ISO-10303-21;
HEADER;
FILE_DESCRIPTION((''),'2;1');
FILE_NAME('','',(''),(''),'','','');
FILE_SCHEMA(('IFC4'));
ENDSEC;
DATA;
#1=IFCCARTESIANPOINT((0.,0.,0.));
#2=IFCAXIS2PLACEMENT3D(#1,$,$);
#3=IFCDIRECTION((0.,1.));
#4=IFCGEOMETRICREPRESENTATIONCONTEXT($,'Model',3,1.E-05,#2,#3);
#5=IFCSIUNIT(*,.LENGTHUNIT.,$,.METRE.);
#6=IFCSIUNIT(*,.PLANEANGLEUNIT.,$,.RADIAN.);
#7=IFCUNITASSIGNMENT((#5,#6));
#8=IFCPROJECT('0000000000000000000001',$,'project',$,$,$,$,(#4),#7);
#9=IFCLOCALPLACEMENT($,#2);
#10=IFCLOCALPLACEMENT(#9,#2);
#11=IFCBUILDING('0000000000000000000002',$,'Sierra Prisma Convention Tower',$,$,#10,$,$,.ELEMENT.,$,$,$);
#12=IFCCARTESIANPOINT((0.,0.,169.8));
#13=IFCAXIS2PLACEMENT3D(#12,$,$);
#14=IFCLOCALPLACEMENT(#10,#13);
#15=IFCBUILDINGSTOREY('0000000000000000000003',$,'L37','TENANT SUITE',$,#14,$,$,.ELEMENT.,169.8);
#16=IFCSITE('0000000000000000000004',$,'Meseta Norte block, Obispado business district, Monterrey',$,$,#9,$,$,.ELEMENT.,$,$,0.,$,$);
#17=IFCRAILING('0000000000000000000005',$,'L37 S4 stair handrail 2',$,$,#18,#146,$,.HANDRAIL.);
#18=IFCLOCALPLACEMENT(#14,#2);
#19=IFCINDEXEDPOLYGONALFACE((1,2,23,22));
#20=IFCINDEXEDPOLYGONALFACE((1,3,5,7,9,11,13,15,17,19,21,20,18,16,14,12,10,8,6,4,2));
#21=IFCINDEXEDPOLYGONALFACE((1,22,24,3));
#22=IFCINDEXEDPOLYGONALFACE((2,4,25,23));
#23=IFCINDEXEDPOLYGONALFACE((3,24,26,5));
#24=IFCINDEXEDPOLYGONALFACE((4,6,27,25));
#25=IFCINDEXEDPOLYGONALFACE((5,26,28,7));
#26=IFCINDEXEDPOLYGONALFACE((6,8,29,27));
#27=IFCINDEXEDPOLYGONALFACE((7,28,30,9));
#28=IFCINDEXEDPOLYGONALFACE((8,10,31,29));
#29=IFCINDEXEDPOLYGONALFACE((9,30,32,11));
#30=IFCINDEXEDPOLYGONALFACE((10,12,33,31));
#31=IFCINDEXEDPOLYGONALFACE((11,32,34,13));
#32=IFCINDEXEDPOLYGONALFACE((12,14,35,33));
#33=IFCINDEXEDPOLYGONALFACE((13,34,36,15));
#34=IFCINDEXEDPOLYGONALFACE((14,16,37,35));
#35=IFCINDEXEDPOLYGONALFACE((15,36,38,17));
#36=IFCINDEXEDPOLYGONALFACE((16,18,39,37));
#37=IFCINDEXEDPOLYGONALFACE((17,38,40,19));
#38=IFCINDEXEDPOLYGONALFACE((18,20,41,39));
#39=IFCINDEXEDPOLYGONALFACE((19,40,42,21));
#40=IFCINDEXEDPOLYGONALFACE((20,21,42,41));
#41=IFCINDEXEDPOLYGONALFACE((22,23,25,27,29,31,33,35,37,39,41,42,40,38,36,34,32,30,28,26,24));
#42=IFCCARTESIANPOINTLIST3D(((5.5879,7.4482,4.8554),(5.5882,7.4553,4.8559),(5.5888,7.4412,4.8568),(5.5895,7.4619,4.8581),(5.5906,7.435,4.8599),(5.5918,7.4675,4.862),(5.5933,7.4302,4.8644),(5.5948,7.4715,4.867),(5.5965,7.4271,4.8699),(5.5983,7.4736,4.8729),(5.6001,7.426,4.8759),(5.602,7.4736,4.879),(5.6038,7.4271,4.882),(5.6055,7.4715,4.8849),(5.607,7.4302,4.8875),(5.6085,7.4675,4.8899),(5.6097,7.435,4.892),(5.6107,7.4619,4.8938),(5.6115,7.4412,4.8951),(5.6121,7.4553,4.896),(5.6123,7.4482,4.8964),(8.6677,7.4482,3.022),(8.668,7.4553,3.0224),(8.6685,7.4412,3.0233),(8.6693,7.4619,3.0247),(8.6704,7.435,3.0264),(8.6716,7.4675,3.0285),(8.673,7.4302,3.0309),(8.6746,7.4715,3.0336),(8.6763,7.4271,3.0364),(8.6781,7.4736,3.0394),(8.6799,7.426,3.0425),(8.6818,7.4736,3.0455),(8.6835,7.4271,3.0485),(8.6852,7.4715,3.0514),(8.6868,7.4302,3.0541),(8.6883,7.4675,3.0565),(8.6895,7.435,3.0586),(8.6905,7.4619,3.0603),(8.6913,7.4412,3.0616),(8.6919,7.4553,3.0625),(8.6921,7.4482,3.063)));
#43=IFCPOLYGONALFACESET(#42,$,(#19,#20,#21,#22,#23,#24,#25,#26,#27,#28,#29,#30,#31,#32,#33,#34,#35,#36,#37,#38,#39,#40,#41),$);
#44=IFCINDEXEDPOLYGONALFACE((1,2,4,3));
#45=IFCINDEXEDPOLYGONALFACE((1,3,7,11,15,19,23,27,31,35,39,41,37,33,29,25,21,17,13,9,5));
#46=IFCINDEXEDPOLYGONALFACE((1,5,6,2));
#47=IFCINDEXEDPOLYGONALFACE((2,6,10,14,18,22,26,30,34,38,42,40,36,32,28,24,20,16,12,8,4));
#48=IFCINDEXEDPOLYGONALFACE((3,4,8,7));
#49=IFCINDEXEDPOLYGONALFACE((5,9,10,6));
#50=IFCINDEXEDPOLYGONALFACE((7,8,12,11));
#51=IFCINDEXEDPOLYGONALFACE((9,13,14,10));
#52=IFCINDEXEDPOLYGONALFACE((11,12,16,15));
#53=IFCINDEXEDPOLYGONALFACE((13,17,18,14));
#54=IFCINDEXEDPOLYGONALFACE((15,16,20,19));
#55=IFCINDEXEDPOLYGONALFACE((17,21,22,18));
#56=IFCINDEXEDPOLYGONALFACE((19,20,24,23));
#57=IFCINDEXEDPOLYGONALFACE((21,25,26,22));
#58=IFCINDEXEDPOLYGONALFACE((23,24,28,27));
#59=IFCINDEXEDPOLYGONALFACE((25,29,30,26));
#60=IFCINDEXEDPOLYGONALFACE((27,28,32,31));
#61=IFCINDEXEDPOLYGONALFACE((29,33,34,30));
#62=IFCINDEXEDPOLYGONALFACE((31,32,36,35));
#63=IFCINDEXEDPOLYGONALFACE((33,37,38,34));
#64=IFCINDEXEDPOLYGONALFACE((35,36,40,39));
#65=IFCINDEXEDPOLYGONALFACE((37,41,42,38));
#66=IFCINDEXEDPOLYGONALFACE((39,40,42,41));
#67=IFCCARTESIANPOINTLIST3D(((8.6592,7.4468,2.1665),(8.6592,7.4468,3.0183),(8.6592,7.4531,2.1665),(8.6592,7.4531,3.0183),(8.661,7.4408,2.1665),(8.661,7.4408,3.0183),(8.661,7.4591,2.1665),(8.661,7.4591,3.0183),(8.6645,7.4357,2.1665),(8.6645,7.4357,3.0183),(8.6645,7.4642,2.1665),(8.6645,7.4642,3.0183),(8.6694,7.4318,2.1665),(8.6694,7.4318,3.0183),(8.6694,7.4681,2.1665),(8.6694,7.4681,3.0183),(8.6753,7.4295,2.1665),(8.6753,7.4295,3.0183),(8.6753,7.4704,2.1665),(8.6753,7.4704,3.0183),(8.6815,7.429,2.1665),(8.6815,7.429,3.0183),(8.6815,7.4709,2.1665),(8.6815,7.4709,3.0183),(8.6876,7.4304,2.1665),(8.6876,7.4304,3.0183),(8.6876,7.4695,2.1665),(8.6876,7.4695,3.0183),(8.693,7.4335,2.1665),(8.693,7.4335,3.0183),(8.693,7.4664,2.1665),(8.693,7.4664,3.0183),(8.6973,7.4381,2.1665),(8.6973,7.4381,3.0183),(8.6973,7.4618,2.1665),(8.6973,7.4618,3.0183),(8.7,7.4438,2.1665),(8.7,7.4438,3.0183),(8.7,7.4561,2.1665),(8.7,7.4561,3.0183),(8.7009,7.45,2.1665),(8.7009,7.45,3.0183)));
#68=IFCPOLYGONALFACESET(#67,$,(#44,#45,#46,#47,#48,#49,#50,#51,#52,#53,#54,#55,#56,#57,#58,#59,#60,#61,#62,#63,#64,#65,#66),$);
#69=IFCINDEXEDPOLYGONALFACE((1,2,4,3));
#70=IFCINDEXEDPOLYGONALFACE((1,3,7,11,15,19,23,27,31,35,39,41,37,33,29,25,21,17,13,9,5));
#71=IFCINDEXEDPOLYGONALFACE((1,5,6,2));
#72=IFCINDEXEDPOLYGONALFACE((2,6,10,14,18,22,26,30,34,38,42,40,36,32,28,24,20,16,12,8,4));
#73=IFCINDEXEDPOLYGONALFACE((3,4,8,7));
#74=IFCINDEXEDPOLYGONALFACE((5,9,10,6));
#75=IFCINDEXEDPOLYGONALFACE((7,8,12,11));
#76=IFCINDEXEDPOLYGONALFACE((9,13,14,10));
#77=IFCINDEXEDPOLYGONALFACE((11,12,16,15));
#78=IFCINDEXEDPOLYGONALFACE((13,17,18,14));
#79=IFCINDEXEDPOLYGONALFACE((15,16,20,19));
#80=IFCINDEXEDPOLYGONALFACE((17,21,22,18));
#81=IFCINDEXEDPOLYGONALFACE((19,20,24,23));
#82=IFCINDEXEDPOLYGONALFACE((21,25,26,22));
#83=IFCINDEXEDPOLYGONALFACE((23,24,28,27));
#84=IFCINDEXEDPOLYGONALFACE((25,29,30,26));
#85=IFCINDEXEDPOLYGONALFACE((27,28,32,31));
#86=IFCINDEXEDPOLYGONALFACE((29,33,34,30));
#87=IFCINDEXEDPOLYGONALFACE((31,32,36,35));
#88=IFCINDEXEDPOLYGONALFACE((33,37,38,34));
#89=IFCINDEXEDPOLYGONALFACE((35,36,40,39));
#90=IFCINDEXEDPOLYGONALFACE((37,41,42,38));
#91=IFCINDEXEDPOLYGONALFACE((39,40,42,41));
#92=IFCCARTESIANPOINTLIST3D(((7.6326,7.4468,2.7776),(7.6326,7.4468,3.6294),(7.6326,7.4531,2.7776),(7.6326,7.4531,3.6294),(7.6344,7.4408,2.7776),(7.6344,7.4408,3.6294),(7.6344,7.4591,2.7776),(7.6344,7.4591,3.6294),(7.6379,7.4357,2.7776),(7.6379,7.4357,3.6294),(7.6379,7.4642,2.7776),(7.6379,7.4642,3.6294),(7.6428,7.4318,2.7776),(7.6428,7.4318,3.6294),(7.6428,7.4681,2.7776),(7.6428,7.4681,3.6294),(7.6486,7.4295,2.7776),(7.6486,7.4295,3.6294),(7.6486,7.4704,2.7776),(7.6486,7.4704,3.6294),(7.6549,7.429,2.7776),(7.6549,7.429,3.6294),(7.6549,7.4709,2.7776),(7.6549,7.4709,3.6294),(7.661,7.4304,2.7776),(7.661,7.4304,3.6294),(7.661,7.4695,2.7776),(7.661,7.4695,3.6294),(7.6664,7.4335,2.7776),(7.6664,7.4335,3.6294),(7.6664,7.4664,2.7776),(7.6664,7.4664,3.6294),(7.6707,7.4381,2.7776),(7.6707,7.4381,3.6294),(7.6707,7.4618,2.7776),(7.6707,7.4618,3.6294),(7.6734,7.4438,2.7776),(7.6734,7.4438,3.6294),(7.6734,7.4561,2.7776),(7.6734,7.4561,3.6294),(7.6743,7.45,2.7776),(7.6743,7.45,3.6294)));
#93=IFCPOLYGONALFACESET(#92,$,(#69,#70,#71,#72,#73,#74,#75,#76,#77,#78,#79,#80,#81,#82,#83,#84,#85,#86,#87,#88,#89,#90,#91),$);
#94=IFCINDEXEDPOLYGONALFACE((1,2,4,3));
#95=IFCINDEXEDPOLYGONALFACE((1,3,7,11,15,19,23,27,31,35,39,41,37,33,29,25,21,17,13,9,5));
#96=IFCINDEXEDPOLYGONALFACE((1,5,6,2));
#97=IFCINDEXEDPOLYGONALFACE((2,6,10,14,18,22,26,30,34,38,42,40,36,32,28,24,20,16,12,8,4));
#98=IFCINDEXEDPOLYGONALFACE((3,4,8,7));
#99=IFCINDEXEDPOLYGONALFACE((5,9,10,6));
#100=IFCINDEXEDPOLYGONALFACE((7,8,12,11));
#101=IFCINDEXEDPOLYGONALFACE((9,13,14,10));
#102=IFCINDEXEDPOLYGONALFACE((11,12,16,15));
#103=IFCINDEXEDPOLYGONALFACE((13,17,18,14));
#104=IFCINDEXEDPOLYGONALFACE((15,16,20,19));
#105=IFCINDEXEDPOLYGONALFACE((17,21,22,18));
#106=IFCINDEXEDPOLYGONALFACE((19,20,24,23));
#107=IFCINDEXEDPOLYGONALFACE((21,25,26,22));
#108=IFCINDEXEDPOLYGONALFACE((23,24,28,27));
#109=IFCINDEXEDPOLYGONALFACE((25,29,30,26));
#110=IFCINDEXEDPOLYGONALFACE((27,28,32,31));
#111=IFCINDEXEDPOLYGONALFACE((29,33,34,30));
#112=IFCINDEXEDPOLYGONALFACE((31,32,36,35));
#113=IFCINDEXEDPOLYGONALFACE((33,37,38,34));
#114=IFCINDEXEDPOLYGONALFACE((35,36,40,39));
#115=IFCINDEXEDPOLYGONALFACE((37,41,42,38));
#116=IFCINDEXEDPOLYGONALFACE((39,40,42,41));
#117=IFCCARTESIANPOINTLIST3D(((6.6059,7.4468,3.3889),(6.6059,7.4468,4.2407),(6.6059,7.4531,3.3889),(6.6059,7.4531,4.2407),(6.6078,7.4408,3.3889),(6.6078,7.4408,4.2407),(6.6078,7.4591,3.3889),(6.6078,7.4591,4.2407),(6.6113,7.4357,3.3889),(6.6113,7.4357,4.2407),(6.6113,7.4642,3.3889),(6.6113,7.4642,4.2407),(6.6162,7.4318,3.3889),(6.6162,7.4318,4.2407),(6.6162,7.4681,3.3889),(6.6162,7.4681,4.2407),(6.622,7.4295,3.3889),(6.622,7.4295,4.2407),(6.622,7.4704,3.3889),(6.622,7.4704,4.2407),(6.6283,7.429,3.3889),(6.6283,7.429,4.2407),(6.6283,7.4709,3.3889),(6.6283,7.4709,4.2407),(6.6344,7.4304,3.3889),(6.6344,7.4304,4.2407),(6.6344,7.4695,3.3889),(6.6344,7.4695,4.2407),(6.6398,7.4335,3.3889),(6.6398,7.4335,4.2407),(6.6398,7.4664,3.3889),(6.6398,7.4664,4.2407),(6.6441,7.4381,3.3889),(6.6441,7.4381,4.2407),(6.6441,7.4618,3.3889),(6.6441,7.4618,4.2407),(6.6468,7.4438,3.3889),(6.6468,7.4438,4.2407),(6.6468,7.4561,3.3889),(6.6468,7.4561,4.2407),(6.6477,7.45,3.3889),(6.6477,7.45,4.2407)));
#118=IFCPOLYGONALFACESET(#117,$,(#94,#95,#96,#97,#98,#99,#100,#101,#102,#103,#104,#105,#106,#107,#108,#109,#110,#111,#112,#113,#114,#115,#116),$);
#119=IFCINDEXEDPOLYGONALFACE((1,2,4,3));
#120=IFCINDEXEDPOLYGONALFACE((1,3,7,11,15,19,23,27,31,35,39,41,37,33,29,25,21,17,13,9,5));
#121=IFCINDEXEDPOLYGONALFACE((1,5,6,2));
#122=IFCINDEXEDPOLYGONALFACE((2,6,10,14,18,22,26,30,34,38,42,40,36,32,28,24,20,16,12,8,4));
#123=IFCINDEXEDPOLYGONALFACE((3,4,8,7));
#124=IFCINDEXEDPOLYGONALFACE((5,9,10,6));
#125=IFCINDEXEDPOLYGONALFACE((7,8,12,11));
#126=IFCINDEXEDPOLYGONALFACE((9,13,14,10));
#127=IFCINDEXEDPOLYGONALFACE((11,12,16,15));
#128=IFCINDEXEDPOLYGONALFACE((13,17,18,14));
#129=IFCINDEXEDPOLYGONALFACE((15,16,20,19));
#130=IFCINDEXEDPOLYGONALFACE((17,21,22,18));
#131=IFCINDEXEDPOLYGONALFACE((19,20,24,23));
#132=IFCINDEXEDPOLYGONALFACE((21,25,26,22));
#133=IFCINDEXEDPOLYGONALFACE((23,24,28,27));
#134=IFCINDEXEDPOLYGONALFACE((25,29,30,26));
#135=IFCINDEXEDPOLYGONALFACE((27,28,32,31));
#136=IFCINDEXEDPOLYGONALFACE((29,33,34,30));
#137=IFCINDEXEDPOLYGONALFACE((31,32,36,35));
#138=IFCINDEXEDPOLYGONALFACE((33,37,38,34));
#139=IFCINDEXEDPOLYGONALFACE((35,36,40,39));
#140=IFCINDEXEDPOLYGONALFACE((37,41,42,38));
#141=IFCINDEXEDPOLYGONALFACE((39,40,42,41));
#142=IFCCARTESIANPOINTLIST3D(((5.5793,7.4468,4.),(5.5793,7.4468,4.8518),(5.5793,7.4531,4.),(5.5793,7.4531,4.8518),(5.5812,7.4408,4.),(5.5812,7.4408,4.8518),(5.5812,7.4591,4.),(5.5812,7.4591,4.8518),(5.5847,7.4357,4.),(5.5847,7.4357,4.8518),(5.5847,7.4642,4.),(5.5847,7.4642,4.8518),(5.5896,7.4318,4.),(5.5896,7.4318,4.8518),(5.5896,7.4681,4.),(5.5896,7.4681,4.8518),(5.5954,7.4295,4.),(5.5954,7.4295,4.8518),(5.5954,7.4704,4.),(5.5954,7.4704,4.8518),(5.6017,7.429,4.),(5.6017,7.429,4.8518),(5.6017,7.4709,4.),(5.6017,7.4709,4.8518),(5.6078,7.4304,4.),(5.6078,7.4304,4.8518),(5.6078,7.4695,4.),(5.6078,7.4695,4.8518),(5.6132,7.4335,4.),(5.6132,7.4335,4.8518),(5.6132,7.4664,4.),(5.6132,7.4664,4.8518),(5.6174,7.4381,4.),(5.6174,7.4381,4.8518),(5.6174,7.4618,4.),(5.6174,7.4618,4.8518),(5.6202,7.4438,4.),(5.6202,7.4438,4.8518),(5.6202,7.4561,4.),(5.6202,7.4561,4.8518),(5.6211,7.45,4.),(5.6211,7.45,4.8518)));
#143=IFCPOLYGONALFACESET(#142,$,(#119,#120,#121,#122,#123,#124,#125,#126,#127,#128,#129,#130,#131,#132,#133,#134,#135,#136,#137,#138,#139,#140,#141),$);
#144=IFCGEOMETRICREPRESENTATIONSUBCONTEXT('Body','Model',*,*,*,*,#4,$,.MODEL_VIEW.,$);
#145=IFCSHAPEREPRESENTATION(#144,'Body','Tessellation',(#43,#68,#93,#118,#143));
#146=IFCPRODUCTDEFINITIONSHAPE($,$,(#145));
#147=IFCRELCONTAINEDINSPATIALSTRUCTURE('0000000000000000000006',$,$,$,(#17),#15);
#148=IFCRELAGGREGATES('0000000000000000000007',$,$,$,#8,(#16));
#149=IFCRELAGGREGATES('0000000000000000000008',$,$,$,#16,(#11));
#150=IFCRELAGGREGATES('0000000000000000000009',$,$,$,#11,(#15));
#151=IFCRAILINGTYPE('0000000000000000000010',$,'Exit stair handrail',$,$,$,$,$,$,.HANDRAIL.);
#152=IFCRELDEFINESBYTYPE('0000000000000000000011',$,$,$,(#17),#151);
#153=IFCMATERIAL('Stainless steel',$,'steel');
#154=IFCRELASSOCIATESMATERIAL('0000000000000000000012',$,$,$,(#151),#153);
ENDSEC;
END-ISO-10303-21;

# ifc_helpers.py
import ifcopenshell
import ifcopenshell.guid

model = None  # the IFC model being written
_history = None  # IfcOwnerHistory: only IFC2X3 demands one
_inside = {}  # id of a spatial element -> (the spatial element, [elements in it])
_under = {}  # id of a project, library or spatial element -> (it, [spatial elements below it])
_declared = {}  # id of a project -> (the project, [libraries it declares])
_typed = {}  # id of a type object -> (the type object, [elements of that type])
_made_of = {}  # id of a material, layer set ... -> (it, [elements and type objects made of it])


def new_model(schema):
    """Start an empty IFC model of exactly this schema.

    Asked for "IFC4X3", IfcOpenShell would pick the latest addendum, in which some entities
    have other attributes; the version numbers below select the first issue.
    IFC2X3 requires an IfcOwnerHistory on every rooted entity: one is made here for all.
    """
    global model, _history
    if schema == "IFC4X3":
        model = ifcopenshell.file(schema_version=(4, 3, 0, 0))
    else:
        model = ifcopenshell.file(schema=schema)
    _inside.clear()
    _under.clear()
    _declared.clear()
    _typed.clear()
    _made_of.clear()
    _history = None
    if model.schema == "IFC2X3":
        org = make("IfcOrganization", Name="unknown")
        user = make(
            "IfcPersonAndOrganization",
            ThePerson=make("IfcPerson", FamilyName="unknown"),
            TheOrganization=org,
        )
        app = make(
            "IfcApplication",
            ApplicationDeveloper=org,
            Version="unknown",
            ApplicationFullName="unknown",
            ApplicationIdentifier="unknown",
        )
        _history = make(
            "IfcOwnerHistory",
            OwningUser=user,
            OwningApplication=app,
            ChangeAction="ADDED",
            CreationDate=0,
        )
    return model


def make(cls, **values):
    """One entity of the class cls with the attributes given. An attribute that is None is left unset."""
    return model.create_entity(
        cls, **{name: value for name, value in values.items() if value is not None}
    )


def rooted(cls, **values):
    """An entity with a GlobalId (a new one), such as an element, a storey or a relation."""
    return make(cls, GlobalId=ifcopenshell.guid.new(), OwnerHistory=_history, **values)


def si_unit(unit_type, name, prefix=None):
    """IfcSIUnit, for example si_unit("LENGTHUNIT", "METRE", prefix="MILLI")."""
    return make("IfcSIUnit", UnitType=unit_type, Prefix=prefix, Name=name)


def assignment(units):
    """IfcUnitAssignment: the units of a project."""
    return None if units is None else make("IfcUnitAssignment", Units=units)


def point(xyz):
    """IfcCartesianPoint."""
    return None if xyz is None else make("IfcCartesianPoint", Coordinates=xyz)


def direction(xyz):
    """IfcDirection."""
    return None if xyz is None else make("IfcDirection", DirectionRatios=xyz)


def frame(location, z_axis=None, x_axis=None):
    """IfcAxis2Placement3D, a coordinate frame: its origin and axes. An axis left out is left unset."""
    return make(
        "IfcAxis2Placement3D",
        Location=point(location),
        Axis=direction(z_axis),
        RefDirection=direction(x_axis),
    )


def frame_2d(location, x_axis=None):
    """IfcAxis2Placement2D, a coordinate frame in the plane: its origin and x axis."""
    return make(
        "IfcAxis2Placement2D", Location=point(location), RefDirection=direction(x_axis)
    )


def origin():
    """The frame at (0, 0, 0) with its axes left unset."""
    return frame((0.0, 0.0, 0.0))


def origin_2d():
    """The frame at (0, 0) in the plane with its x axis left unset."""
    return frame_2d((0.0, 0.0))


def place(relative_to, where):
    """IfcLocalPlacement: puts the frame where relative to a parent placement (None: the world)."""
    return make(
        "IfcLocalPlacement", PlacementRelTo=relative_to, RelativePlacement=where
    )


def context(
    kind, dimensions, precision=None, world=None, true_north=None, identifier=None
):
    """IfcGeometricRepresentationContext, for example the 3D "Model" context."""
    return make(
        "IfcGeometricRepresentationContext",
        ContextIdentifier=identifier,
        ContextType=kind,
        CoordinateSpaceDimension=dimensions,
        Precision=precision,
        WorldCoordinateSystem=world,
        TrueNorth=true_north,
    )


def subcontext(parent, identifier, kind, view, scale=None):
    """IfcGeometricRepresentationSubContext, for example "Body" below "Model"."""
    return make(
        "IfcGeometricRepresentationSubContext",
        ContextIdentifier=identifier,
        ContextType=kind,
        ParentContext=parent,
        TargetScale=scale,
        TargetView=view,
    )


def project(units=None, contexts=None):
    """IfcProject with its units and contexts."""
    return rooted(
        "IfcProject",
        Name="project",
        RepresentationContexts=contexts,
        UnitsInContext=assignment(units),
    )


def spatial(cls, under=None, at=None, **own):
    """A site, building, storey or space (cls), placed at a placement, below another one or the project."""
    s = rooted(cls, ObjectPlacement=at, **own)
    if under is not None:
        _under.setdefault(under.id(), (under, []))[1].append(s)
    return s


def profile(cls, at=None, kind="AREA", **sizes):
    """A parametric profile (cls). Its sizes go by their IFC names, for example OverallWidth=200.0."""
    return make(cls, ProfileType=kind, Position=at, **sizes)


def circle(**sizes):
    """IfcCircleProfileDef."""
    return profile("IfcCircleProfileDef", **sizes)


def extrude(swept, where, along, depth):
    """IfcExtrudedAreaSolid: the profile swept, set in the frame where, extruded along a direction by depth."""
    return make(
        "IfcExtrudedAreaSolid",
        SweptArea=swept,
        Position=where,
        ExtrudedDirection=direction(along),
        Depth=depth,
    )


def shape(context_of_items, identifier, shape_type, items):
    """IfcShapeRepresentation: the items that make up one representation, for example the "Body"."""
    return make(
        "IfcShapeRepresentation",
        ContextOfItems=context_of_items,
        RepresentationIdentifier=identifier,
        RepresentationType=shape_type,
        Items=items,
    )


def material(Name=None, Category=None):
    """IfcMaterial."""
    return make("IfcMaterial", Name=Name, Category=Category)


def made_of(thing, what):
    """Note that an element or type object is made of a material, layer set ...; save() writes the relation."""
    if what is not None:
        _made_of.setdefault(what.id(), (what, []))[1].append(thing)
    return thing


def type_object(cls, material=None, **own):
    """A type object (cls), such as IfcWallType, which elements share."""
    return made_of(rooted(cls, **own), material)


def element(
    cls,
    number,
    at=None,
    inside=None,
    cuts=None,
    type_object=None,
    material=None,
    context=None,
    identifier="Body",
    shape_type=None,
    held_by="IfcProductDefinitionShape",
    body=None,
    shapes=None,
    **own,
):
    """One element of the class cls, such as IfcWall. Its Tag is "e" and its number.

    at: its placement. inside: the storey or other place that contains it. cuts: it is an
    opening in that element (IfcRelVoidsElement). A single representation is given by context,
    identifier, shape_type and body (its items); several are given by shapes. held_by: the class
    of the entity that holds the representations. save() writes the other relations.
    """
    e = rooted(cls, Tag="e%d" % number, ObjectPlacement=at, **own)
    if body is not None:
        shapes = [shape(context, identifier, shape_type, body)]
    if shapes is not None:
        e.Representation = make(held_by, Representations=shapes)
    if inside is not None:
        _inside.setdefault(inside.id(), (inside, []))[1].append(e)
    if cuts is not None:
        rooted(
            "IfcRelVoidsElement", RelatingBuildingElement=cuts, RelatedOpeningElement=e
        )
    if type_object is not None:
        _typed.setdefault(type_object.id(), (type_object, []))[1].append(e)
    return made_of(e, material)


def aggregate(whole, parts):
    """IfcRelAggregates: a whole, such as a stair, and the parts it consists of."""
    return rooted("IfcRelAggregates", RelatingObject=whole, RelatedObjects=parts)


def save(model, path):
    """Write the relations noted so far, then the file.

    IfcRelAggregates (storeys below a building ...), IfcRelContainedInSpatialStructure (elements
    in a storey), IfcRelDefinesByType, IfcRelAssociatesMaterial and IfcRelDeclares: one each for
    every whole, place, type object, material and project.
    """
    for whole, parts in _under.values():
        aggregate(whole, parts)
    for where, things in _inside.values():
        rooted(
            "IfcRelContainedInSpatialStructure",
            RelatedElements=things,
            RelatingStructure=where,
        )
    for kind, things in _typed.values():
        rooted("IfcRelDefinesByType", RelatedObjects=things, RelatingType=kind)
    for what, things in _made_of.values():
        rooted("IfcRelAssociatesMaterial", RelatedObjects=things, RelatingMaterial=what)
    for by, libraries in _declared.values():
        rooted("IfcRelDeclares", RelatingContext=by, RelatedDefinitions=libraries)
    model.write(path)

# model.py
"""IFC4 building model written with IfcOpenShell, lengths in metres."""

from ifc_helpers import new_model, si_unit, direction, frame, origin, origin_2d, place, context, subcontext, project, spatial, circle, extrude, material, type_object, element, save


model = new_model("IFC4")

# Units and contexts
model_context = context("Model", 3, precision=1e-05, world=origin(), true_north=direction((0.0, 1.0)))
body_context = subcontext(model_context, "Body", "Model", "MODEL_VIEW")
ifc_project = project(units=[si_unit("LENGTHUNIT", "METRE"), si_unit("PLANEANGLEUNIT", "RADIAN")], contexts=[model_context])

# Site, building, storey
site_placement = place(None, origin())
site = spatial("IfcSite", under=ifc_project, at=site_placement, Name="Meseta Norte block, Obispado business district, Monterrey", CompositionType="ELEMENT", RefElevation=0.0)
building_placement = place(site_placement, origin())
building = spatial("IfcBuilding", under=site, at=building_placement, Name="Sierra Prisma Convention Tower", CompositionType="ELEMENT")
storey_placement = place(building_placement, frame((0.0, 0.0, 169.8)))
storey = spatial("IfcBuildingStorey", under=building, at=storey_placement, Name="L37", Description="TENANT SUITE", CompositionType="ELEMENT", Elevation=169.8)

# Railing
ifc_material_1 = material(Name="Stainless steel", Category="steel")
railing_type = type_object("IfcRailingType", Name="Exit stair handrail", PredefinedType="HANDRAIL", material=ifc_material_1)
railing_placement = place(storey_placement, frame((8.6799, 7.45, 2.1665)))
element("IfcRailing", 1, at=railing_placement, inside=storey, type_object=railing_type, Name="L37 S4 stair handrail 2", PredefinedType="HANDRAIL", context=body_context, shape_type="SweptSolid", body=[
    extrude(circle(Radius=0.0239, at=origin_2d()), frame((0.0, 0.0, 0.876), z_axis=(-0.859261, 0.0, 0.511538), x_axis=(0.0, -1.0, 0.0)), (0.0, 0.0, 1.0), 3.5842),
    extrude(circle(Radius=0.021, at=origin_2d()), origin(), (0.0, 0.0, 1.0), 0.8518),
    extrude(circle(Radius=0.021, at=origin_2d()), frame((-1.0266, 0.0, 0.6111)), (0.0, 0.0, 1.0), 0.8518),
    extrude(circle(Radius=0.021, at=origin_2d()), frame((-2.0532, 0.0, 1.2224)), (0.0, 0.0, 1.0), 0.8518),
    extrude(circle(Radius=0.021, at=origin_2d()), frame((-3.0798, 0.0, 1.8335)), (0.0, 0.0, 1.0), 0.8518),
])

save(model, "model.ifc")
